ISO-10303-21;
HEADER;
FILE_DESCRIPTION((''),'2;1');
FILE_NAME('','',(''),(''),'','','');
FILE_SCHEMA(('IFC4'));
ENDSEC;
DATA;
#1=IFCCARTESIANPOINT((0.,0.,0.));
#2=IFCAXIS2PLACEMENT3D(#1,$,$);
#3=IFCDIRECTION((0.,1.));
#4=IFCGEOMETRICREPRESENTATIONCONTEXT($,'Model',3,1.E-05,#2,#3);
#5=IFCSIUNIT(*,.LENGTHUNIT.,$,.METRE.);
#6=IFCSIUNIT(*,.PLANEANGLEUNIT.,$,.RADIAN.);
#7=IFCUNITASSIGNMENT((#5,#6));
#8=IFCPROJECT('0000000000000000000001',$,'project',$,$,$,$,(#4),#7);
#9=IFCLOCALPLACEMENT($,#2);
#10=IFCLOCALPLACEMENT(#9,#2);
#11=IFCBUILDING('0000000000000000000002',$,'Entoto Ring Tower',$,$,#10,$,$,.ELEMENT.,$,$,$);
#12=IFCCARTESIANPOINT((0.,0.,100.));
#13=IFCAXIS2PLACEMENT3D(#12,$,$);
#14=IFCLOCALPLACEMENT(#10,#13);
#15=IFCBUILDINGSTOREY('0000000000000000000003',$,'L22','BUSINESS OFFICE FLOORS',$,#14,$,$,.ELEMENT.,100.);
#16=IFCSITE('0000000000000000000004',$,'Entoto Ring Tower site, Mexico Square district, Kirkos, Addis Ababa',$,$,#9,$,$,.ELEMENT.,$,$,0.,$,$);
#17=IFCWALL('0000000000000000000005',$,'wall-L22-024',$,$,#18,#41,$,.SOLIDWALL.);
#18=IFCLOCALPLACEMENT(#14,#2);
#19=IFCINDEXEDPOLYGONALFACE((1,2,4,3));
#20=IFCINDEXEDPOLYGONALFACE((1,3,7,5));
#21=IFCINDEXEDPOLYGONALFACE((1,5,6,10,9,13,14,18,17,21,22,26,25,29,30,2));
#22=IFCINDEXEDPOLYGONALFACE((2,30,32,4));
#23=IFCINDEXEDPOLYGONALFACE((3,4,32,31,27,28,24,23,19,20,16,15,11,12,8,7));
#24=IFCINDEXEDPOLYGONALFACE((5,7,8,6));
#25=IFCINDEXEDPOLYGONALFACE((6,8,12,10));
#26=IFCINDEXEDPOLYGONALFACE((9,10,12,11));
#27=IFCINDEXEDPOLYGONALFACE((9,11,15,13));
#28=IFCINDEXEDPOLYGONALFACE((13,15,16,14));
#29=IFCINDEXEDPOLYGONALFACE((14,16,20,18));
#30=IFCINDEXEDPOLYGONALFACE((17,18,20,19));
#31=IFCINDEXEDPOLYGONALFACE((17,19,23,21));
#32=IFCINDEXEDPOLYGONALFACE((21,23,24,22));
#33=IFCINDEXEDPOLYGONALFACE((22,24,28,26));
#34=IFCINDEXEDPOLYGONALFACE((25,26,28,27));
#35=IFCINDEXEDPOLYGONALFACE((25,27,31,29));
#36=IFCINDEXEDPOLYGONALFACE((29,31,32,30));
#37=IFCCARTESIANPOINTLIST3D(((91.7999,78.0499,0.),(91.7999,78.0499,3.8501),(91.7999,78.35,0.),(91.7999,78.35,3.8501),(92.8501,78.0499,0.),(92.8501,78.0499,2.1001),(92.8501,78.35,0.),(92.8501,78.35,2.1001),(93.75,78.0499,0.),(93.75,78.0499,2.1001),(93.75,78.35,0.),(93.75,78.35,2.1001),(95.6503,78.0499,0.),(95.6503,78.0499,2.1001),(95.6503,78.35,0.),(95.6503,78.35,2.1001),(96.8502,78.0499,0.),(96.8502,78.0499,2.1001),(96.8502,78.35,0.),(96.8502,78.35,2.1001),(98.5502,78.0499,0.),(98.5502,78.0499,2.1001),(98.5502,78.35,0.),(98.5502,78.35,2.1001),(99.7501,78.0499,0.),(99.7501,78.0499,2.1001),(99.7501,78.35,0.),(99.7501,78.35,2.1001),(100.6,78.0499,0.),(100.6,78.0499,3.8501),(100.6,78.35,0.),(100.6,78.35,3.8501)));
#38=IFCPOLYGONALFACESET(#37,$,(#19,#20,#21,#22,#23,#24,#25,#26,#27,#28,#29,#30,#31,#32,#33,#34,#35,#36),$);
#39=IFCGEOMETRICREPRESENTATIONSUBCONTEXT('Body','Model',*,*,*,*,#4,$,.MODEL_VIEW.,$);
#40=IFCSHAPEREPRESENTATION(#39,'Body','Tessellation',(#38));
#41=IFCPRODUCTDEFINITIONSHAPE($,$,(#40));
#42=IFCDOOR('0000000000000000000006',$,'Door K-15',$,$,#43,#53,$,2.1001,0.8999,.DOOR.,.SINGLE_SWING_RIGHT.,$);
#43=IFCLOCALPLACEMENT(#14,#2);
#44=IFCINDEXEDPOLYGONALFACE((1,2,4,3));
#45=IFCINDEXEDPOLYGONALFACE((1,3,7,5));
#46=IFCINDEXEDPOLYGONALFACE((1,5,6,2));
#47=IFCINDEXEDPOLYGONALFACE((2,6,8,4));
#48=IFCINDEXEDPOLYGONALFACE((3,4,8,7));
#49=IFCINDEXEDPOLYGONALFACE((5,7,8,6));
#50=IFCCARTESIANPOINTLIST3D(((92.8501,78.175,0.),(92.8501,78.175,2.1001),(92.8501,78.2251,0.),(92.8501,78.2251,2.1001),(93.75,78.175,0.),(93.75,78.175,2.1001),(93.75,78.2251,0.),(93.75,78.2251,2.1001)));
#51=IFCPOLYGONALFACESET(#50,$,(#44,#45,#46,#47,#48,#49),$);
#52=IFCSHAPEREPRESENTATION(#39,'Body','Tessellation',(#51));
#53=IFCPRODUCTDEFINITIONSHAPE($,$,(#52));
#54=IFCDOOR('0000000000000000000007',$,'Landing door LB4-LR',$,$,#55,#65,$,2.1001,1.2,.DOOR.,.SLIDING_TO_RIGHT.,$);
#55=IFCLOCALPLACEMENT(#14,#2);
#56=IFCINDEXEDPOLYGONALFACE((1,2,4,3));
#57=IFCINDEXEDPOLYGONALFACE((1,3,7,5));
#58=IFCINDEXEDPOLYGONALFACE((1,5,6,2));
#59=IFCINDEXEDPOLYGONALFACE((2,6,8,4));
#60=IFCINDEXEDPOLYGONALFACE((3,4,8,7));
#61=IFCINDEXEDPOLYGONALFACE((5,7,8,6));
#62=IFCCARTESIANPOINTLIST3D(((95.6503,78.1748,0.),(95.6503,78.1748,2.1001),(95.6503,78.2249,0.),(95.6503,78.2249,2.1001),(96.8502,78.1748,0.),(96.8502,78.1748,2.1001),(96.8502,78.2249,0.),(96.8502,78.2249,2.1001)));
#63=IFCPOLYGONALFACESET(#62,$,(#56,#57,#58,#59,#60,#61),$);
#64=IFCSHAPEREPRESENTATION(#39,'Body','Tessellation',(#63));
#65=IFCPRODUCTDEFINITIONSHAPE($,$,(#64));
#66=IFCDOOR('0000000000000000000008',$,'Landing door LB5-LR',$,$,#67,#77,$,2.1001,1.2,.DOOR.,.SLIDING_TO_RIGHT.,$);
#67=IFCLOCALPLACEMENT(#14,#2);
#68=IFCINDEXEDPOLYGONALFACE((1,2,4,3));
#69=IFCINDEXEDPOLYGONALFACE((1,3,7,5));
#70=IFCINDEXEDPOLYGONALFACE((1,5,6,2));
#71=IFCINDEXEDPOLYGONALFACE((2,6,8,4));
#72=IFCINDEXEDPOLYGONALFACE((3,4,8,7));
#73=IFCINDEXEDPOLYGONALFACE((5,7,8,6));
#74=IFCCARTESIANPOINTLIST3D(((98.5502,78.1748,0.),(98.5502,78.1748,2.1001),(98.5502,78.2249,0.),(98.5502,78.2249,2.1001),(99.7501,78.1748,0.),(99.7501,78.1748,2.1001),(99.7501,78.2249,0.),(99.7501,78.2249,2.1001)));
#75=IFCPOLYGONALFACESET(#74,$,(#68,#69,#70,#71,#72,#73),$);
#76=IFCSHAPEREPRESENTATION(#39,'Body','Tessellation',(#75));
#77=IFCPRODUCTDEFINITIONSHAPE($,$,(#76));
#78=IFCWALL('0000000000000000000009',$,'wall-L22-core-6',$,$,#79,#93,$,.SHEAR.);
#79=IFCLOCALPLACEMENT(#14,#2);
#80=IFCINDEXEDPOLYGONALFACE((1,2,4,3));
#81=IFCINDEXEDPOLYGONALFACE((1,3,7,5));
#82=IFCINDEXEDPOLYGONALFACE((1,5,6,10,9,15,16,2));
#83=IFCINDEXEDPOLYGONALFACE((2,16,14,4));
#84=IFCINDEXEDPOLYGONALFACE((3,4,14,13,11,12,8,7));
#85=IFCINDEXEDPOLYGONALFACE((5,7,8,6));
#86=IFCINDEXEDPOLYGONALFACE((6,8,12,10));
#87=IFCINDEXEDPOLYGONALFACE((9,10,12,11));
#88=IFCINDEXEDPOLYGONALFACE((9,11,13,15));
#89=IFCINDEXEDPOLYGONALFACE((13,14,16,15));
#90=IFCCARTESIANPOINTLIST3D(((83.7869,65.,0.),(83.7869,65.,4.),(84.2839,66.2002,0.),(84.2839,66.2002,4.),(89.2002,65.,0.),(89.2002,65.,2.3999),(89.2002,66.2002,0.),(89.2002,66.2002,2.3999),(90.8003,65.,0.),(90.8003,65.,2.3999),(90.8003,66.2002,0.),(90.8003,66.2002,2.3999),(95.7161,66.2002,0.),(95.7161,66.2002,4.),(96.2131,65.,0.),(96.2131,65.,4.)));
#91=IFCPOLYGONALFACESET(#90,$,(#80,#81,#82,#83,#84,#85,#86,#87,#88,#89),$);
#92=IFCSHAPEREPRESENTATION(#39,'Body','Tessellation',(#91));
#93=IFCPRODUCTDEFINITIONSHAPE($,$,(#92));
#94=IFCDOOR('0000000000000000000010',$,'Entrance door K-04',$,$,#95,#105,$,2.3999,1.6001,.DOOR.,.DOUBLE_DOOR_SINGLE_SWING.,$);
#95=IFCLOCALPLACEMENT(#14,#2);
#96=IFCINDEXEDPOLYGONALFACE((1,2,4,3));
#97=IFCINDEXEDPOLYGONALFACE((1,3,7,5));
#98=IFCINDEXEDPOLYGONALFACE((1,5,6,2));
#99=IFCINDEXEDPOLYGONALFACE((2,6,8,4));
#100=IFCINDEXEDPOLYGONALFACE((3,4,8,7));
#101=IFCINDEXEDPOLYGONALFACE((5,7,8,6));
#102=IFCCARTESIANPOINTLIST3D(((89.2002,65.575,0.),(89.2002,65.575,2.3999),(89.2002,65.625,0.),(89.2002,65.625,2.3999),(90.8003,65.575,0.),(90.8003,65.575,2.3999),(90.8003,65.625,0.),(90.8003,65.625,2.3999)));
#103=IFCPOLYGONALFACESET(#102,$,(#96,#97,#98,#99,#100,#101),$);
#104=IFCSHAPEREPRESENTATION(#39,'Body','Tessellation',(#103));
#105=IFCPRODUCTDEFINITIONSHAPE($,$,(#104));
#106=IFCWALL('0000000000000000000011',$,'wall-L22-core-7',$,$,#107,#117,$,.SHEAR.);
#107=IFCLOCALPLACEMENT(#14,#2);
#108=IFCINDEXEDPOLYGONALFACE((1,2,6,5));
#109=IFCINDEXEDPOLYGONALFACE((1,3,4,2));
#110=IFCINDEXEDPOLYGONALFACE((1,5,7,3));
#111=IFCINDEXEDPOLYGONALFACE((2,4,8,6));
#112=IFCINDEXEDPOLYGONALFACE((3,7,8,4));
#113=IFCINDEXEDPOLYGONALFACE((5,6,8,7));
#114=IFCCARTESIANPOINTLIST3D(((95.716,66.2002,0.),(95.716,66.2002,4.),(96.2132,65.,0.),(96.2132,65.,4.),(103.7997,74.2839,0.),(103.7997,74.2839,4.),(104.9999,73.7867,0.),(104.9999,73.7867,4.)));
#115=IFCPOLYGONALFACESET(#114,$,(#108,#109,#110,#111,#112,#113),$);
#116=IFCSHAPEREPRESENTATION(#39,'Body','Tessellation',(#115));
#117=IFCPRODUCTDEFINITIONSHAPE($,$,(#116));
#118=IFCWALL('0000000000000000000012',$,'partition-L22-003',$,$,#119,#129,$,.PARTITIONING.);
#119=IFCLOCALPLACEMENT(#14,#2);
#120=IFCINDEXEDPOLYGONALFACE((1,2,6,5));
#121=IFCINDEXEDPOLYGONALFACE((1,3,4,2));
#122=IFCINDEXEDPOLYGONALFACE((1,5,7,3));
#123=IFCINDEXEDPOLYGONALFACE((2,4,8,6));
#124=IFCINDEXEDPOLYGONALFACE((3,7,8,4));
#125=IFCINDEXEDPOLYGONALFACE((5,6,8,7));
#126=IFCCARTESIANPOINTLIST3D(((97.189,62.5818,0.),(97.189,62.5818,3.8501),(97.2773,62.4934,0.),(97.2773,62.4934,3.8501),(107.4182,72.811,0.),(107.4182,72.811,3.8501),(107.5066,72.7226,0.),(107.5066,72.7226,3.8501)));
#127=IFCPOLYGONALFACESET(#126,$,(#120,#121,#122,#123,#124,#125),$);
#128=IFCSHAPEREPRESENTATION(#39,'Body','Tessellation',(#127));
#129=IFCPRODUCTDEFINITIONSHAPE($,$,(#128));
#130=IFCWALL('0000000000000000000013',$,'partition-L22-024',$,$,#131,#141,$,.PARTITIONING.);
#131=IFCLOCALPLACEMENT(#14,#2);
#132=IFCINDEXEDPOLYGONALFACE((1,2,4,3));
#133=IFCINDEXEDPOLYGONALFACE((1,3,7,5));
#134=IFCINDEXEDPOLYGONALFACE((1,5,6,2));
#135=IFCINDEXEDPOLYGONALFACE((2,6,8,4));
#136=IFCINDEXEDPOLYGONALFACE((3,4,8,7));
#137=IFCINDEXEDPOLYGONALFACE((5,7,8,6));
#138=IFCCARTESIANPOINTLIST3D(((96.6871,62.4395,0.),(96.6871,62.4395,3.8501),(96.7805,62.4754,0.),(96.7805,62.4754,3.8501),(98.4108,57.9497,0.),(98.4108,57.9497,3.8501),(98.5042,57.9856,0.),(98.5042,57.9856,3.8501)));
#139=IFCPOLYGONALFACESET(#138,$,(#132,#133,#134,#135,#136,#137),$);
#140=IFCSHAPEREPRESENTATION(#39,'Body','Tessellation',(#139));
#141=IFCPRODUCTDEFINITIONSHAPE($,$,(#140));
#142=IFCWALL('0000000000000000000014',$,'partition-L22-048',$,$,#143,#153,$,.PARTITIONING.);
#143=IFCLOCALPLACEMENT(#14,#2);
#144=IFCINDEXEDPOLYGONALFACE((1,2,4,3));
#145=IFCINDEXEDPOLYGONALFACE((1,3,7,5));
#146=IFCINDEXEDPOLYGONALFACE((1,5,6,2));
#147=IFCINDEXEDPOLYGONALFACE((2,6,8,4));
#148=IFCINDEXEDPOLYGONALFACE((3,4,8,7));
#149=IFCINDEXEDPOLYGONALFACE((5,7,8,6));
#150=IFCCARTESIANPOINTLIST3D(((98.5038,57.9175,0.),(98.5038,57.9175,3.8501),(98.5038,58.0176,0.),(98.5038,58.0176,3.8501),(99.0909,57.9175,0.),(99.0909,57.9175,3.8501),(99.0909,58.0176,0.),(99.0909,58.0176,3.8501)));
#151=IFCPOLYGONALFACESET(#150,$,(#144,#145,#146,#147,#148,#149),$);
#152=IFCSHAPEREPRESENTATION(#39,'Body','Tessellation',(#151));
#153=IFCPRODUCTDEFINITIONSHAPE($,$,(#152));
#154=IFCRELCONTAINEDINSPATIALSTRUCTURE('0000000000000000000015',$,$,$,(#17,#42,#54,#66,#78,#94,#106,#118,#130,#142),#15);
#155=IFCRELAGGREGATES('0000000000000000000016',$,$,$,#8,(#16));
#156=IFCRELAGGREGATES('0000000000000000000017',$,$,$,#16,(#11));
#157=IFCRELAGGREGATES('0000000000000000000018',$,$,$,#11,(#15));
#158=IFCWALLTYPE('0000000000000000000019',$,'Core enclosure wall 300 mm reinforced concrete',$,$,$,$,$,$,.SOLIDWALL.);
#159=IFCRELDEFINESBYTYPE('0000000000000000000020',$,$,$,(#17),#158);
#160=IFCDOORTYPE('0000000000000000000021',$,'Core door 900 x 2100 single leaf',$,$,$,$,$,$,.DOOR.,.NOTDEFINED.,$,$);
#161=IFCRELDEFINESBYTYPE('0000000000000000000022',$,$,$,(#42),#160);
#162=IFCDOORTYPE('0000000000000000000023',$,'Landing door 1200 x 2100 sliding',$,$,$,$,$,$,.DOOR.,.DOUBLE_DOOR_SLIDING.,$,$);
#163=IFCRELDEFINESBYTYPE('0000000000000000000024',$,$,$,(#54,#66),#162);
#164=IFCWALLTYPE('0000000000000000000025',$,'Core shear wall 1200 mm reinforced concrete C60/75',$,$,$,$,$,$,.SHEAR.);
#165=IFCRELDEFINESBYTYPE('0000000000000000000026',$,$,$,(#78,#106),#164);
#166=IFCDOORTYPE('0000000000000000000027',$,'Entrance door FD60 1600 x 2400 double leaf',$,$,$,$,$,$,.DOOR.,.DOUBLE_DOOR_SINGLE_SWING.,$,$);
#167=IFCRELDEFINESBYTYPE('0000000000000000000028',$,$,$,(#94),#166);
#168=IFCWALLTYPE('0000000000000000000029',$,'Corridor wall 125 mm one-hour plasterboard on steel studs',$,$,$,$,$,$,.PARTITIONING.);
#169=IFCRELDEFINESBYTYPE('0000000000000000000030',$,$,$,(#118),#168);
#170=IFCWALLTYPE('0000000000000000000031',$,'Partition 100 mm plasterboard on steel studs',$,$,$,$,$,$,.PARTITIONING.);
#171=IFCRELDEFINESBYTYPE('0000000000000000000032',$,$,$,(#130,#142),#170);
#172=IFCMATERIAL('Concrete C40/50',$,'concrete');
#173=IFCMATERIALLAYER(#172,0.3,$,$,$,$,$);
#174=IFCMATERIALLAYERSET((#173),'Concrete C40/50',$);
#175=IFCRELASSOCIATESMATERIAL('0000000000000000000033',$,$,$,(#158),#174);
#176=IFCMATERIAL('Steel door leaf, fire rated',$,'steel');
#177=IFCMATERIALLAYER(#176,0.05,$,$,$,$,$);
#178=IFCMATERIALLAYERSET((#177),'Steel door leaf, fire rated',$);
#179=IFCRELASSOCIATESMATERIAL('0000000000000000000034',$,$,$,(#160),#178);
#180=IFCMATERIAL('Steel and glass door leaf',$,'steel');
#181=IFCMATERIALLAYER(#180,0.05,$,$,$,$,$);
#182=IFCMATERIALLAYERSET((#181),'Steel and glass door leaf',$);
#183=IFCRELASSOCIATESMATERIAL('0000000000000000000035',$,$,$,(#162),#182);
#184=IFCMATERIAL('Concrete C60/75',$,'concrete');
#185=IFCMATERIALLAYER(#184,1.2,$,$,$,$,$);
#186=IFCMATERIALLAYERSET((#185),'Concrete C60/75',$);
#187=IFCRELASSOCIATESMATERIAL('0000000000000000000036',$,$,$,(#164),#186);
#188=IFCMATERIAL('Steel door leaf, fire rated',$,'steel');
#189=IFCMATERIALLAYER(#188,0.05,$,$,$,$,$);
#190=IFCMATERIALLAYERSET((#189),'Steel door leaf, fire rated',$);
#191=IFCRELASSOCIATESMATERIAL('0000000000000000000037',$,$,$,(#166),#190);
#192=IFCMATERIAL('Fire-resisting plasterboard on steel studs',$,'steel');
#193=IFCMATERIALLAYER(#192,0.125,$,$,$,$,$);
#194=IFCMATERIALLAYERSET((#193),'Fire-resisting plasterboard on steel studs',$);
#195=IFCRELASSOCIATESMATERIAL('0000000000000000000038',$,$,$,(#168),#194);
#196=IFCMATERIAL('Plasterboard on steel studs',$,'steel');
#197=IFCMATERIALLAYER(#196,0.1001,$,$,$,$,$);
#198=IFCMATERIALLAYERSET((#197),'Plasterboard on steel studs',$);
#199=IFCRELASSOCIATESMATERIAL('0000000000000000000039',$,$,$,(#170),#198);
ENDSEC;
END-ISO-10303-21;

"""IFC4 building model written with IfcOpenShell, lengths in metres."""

from ifc_helpers import new_model, si_unit, direction, frame, frame_2d, origin, place, context, subcontext, project, spatial, polyline, rectangle, outline, extrude, material, layer, layer_set, type_object, element, fill, save


model = new_model("IFC4")

# Units and contexts
model_context = context("Model", 3, precision=1e-05, world=origin(), true_north=direction((0.0, 1.0)))
body_context = subcontext(model_context, "Body", "Model", "MODEL_VIEW")
ifc_project = project(units=[si_unit("LENGTHUNIT", "METRE"), si_unit("PLANEANGLEUNIT", "RADIAN")], contexts=[model_context])

# Site, building, storey
site_placement = place(None, origin())
site = spatial("IfcSite", under=ifc_project, at=site_placement, Name="Entoto Ring Tower site, Mexico Square district, Kirkos, Addis Ababa", CompositionType="ELEMENT", RefElevation=0.0)
building_placement = place(site_placement, origin())
building = spatial("IfcBuilding", under=site, at=building_placement, Name="Entoto Ring Tower", CompositionType="ELEMENT")
storey_placement = place(building_placement, frame((0.0, 0.0, 100.0)))
storey = spatial("IfcBuildingStorey", under=building, at=storey_placement, Name="L22", Description="BUSINESS OFFICE FLOORS", CompositionType="ELEMENT", Elevation=100.0)

# Shared definitions
ifc_material_1 = material(Name="Concrete C40/50", Category="concrete")
ifc_layer_1 = layer(ifc_material_1, 0.3)
ifc_layer_set_1 = layer_set([ifc_layer_1], Name="Concrete C40/50")
wall_type_1 = type_object("IfcWallType", Name="Core enclosure wall 300 mm reinforced concrete", PredefinedType="SOLIDWALL", material=ifc_layer_set_1)

# Shared definitions
ifc_material_2 = material(Name="Steel door leaf, fire rated", Category="steel")
ifc_layer_2 = layer(ifc_material_2, 0.05)
ifc_layer_set_2 = layer_set([ifc_layer_2], Name="Steel door leaf, fire rated")
door_type_1 = type_object("IfcDoorType", Name="Core door 900 x 2100 single leaf", OperationType="NOTDEFINED", PredefinedType="DOOR", material=ifc_layer_set_2)

# Wall, openings, doors
wall_1_placement = place(storey_placement, frame((91.8, 78.2, 0.0), z_axis=(0.0, 0.0, 1.0), x_axis=(1.0, 0.0, 0.0)))
wall_1 = element("IfcWall", 1, at=wall_1_placement, inside=storey, type_object=wall_type_1, Name="wall-L22-024", PredefinedType="SOLIDWALL", context=body_context, shape_type="SweptSolid", body=[
    extrude(rectangle(XDim=8.8, YDim=0.3, at=frame_2d((4.3999, 0.0))), origin(), (0.0, 0.0, 1.0), 3.8501),
])
opening_1_placement = place(wall_1_placement, frame((3.8501, 0.0, 0.0)))
opening_1 = element("IfcOpeningElement", 2, at=opening_1_placement, cuts=wall_1, PredefinedType="OPENING", context=body_context, shape_type="SweptSolid", body=[
    extrude(rectangle(XDim=1.2, YDim=2.1001, at=frame_2d((0.6001, 1.05))), frame((0.0, 0.1602, 0.0), z_axis=(0.0, -1.0, 0.0), x_axis=(1.0, 0.0, 0.0)), (0.0, 0.0, 1.0), 0.3201),
])
opening_2_placement = place(wall_1_placement, frame((6.75, 0.0, 0.0)))
opening_2 = element("IfcOpeningElement", 3, at=opening_2_placement, cuts=wall_1, PredefinedType="OPENING", context=body_context, shape_type="SweptSolid", body=[
    extrude(rectangle(XDim=1.2, YDim=2.1001, at=frame_2d((0.6001, 1.05))), frame((0.0, 0.1602, 0.0), z_axis=(0.0, -1.0, 0.0), x_axis=(1.0, 0.0, 0.0)), (0.0, 0.0, 1.0), 0.3201),
])
opening_3_placement = place(wall_1_placement, frame((1.05, 0.0, 0.0)))
opening_3 = element("IfcOpeningElement", 4, at=opening_3_placement, cuts=wall_1, PredefinedType="OPENING", context=body_context, shape_type="SweptSolid", body=[
    extrude(rectangle(XDim=0.8999, YDim=2.1001, at=frame_2d((0.45, 1.05))), frame((0.0, 0.1602, 0.0), z_axis=(0.0, -1.0, 0.0), x_axis=(1.0, 0.0, 0.0)), (0.0, 0.0, 1.0), 0.3201),
])
door_1_placement = place(opening_3_placement, frame((0.8999, 0.0, 0.0), z_axis=(0.0, 0.0, 1.0), x_axis=(-1.0, 0.0, 0.0)))
door_1 = element("IfcDoor", 5, at=door_1_placement, inside=storey, type_object=door_type_1, Name="Door K-15", OperationType="SINGLE_SWING_RIGHT", OverallHeight=2.1001, OverallWidth=0.8999, PredefinedType="DOOR", context=body_context, shape_type="SweptSolid", body=[
    extrude(rectangle(XDim=0.8999, YDim=2.1001, at=frame_2d((0.45, 1.05))), frame((0.0, 0.0249, 0.0), z_axis=(0.0, -1.0, 0.0), x_axis=(1.0, 0.0, 0.0)), (0.0, 0.0, 1.0), 0.05),
])
fill(opening_3, door_1)
ifc_material_3 = material(Name="Steel and glass door leaf", Category="steel")
ifc_layer_3 = layer(ifc_material_3, 0.05)
ifc_layer_set_3 = layer_set([ifc_layer_3], Name="Steel and glass door leaf")
door_type_2 = type_object("IfcDoorType", Name="Landing door 1200 x 2100 sliding", OperationType="DOUBLE_DOOR_SLIDING", PredefinedType="DOOR", material=ifc_layer_set_3)
door_2_placement = place(opening_1_placement, origin())
door_2 = element("IfcDoor", 6, at=door_2_placement, inside=storey, type_object=door_type_2, Name="Landing door LB4-LR", OperationType="SLIDING_TO_RIGHT", OverallHeight=2.1001, OverallWidth=1.2, PredefinedType="DOOR", context=body_context, shape_type="SweptSolid", body=[
    extrude(rectangle(XDim=1.2, YDim=2.1001, at=frame_2d((0.6001, 1.05))), frame((0.0, 0.0249, 0.0), z_axis=(0.0, -1.0, 0.0), x_axis=(1.0, 0.0, 0.0)), (0.0, 0.0, 1.0), 0.05),
])
fill(opening_1, door_2)
door_3_placement = place(opening_2_placement, origin())
door_3 = element("IfcDoor", 7, at=door_3_placement, inside=storey, type_object=door_type_2, Name="Landing door LB5-LR", OperationType="SLIDING_TO_RIGHT", OverallHeight=2.1001, OverallWidth=1.2, PredefinedType="DOOR", context=body_context, shape_type="SweptSolid", body=[
    extrude(rectangle(XDim=1.2, YDim=2.1001, at=frame_2d((0.6001, 1.05))), frame((0.0, 0.0249, 0.0), z_axis=(0.0, -1.0, 0.0), x_axis=(1.0, 0.0, 0.0)), (0.0, 0.0, 1.0), 0.05),
])
fill(opening_2, door_3)

# Wall, opening, door
ifc_material_4 = material(Name="Concrete C60/75", Category="concrete")
ifc_layer_4 = layer(ifc_material_4, 1.2)
ifc_layer_set_4 = layer_set([ifc_layer_4], Name="Concrete C60/75")
wall_type_2 = type_object("IfcWallType", Name="Core shear wall 1200 mm reinforced concrete C60/75", PredefinedType="SHEAR", material=ifc_layer_set_4)
wall_2_placement = place(storey_placement, frame((84.0354, 65.6001, 0.0), z_axis=(0.0, 0.0, 1.0), x_axis=(1.0, 0.0, 0.0)))
wall_2 = element("IfcWall", 8, at=wall_2_placement, inside=storey, type_object=wall_type_2, Name="wall-L22-core-6", PredefinedType="SHEAR", context=body_context, shape_type="SweptSolid", body=[
    extrude(outline(polyline([(-0.2485, -0.6001), (12.1777, -0.6001), (11.6807, 0.6001), (0.2485, 0.6001), (-0.2485, -0.6001)])), origin(), (0.0, 0.0, 1.0), 4.0),
])
opening_4_placement = place(wall_2_placement, frame((5.1648, 0.0, 0.0)))
opening_4 = element("IfcOpeningElement", 9, at=opening_4_placement, cuts=wall_2, PredefinedType="OPENING", context=body_context, shape_type="SweptSolid", body=[
    extrude(rectangle(XDim=1.6001, YDim=2.3999, at=frame_2d((0.8, 1.2))), frame((0.0, 0.6099, 0.0), z_axis=(0.0, -1.0, 0.0), x_axis=(1.0, 0.0, 0.0)), (0.0, 0.0, 1.0), 1.22),
])
ifc_material_5 = material(Name="Steel door leaf, fire rated", Category="steel")
ifc_layer_5 = layer(ifc_material_5, 0.05)
ifc_layer_set_5 = layer_set([ifc_layer_5], Name="Steel door leaf, fire rated")
door_type_3 = type_object("IfcDoorType", Name="Entrance door FD60 1600 x 2400 double leaf", OperationType="DOUBLE_DOOR_SINGLE_SWING", PredefinedType="DOOR", material=ifc_layer_set_5)
door_4_placement = place(opening_4_placement, origin())
door_4 = element("IfcDoor", 10, at=door_4_placement, inside=storey, type_object=door_type_3, Name="Entrance door K-04", OperationType="DOUBLE_DOOR_SINGLE_SWING", OverallHeight=2.3999, OverallWidth=1.6001, PredefinedType="DOOR", context=body_context, shape_type="SweptSolid", body=[
    extrude(rectangle(XDim=1.6001, YDim=2.3999, at=frame_2d((0.8, 1.2))), frame((0.0, 0.0249, 0.0), z_axis=(0.0, -1.0, 0.0), x_axis=(1.0, 0.0, 0.0)), (0.0, 0.0, 1.0), 0.05),
])
fill(opening_4, door_4)

# Walls
wall_3_placement = place(storey_placement, frame((95.9646, 65.6001, 0.0), z_axis=(0.0, 0.0, 1.0), x_axis=(0.707107, 0.707107, 0.0)))
element("IfcWall", 11, at=wall_3_placement, inside=storey, type_object=wall_type_2, Name="wall-L22-core-7", PredefinedType="SHEAR", context=body_context, shape_type="SweptSolid", body=[
    extrude(outline(polyline([(-0.2485, -0.6001), (12.1777, -0.6001), (11.6807, 0.6001), (0.2485, 0.6001), (-0.2485, -0.6001)])), origin(), (0.0, 0.0, 1.0), 4.0),
])
ifc_material_6 = material(Name="Fire-resisting plasterboard on steel studs", Category="steel")
ifc_layer_6 = layer(ifc_material_6, 0.125)
ifc_layer_set_6 = layer_set([ifc_layer_6], Name="Fire-resisting plasterboard on steel studs")
wall_type_3 = type_object("IfcWallType", Name="Corridor wall 125 mm one-hour plasterboard on steel studs", PredefinedType="PARTITIONING", material=ifc_layer_set_6)
wall_4_placement = place(storey_placement, frame((97.2332, 62.5376, 0.0), z_axis=(0.0, 0.0, 1.0), x_axis=(0.707107, 0.707107, 0.0)))
element("IfcWall", 12, at=wall_4_placement, inside=storey, type_object=wall_type_3, Name="partition-L22-003", PredefinedType="PARTITIONING", context=body_context, shape_type="SweptSolid", body=[
    extrude(rectangle(XDim=14.4663, YDim=0.125, at=frame_2d((7.2332, 0.0))), origin(), (0.0, 0.0, 1.0), 3.8501),
])
ifc_material_7 = material(Name="Plasterboard on steel studs", Category="steel")
ifc_layer_7 = layer(ifc_material_7, 0.1001)
ifc_layer_set_7 = layer_set([ifc_layer_7], Name="Plasterboard on steel studs")
wall_type_4 = type_object("IfcWallType", Name="Partition 100 mm plasterboard on steel studs", PredefinedType="PARTITIONING", material=ifc_layer_set_7)
wall_5_placement = place(storey_placement, frame((98.4575, 57.9675, 0.0), z_axis=(0.0, 0.0, 1.0), x_axis=(-0.358401, 0.933568, 0.0)))
element("IfcWall", 13, at=wall_5_placement, inside=storey, type_object=wall_type_4, Name="partition-L22-024", PredefinedType="PARTITIONING", context=body_context, shape_type="SweptSolid", body=[
    extrude(rectangle(XDim=4.8093, YDim=0.1001, at=frame_2d((2.4048, 0.0))), origin(), (0.0, 0.0, 1.0), 3.8501),
])
wall_6_placement = place(storey_placement, frame((98.5039, 57.9675, 0.0), z_axis=(0.0, 0.0, 1.0), x_axis=(1.0, 0.0, 0.0)))
element("IfcWall", 14, at=wall_6_placement, inside=storey, type_object=wall_type_4, Name="partition-L22-048", PredefinedType="PARTITIONING", context=body_context, shape_type="SweptSolid", body=[
    extrude(rectangle(XDim=0.5872, YDim=0.1001, at=frame_2d((0.2935, 0.0))), origin(), (0.0, 0.0, 1.0), 3.8501),
])

save(model, "model.ifc")
